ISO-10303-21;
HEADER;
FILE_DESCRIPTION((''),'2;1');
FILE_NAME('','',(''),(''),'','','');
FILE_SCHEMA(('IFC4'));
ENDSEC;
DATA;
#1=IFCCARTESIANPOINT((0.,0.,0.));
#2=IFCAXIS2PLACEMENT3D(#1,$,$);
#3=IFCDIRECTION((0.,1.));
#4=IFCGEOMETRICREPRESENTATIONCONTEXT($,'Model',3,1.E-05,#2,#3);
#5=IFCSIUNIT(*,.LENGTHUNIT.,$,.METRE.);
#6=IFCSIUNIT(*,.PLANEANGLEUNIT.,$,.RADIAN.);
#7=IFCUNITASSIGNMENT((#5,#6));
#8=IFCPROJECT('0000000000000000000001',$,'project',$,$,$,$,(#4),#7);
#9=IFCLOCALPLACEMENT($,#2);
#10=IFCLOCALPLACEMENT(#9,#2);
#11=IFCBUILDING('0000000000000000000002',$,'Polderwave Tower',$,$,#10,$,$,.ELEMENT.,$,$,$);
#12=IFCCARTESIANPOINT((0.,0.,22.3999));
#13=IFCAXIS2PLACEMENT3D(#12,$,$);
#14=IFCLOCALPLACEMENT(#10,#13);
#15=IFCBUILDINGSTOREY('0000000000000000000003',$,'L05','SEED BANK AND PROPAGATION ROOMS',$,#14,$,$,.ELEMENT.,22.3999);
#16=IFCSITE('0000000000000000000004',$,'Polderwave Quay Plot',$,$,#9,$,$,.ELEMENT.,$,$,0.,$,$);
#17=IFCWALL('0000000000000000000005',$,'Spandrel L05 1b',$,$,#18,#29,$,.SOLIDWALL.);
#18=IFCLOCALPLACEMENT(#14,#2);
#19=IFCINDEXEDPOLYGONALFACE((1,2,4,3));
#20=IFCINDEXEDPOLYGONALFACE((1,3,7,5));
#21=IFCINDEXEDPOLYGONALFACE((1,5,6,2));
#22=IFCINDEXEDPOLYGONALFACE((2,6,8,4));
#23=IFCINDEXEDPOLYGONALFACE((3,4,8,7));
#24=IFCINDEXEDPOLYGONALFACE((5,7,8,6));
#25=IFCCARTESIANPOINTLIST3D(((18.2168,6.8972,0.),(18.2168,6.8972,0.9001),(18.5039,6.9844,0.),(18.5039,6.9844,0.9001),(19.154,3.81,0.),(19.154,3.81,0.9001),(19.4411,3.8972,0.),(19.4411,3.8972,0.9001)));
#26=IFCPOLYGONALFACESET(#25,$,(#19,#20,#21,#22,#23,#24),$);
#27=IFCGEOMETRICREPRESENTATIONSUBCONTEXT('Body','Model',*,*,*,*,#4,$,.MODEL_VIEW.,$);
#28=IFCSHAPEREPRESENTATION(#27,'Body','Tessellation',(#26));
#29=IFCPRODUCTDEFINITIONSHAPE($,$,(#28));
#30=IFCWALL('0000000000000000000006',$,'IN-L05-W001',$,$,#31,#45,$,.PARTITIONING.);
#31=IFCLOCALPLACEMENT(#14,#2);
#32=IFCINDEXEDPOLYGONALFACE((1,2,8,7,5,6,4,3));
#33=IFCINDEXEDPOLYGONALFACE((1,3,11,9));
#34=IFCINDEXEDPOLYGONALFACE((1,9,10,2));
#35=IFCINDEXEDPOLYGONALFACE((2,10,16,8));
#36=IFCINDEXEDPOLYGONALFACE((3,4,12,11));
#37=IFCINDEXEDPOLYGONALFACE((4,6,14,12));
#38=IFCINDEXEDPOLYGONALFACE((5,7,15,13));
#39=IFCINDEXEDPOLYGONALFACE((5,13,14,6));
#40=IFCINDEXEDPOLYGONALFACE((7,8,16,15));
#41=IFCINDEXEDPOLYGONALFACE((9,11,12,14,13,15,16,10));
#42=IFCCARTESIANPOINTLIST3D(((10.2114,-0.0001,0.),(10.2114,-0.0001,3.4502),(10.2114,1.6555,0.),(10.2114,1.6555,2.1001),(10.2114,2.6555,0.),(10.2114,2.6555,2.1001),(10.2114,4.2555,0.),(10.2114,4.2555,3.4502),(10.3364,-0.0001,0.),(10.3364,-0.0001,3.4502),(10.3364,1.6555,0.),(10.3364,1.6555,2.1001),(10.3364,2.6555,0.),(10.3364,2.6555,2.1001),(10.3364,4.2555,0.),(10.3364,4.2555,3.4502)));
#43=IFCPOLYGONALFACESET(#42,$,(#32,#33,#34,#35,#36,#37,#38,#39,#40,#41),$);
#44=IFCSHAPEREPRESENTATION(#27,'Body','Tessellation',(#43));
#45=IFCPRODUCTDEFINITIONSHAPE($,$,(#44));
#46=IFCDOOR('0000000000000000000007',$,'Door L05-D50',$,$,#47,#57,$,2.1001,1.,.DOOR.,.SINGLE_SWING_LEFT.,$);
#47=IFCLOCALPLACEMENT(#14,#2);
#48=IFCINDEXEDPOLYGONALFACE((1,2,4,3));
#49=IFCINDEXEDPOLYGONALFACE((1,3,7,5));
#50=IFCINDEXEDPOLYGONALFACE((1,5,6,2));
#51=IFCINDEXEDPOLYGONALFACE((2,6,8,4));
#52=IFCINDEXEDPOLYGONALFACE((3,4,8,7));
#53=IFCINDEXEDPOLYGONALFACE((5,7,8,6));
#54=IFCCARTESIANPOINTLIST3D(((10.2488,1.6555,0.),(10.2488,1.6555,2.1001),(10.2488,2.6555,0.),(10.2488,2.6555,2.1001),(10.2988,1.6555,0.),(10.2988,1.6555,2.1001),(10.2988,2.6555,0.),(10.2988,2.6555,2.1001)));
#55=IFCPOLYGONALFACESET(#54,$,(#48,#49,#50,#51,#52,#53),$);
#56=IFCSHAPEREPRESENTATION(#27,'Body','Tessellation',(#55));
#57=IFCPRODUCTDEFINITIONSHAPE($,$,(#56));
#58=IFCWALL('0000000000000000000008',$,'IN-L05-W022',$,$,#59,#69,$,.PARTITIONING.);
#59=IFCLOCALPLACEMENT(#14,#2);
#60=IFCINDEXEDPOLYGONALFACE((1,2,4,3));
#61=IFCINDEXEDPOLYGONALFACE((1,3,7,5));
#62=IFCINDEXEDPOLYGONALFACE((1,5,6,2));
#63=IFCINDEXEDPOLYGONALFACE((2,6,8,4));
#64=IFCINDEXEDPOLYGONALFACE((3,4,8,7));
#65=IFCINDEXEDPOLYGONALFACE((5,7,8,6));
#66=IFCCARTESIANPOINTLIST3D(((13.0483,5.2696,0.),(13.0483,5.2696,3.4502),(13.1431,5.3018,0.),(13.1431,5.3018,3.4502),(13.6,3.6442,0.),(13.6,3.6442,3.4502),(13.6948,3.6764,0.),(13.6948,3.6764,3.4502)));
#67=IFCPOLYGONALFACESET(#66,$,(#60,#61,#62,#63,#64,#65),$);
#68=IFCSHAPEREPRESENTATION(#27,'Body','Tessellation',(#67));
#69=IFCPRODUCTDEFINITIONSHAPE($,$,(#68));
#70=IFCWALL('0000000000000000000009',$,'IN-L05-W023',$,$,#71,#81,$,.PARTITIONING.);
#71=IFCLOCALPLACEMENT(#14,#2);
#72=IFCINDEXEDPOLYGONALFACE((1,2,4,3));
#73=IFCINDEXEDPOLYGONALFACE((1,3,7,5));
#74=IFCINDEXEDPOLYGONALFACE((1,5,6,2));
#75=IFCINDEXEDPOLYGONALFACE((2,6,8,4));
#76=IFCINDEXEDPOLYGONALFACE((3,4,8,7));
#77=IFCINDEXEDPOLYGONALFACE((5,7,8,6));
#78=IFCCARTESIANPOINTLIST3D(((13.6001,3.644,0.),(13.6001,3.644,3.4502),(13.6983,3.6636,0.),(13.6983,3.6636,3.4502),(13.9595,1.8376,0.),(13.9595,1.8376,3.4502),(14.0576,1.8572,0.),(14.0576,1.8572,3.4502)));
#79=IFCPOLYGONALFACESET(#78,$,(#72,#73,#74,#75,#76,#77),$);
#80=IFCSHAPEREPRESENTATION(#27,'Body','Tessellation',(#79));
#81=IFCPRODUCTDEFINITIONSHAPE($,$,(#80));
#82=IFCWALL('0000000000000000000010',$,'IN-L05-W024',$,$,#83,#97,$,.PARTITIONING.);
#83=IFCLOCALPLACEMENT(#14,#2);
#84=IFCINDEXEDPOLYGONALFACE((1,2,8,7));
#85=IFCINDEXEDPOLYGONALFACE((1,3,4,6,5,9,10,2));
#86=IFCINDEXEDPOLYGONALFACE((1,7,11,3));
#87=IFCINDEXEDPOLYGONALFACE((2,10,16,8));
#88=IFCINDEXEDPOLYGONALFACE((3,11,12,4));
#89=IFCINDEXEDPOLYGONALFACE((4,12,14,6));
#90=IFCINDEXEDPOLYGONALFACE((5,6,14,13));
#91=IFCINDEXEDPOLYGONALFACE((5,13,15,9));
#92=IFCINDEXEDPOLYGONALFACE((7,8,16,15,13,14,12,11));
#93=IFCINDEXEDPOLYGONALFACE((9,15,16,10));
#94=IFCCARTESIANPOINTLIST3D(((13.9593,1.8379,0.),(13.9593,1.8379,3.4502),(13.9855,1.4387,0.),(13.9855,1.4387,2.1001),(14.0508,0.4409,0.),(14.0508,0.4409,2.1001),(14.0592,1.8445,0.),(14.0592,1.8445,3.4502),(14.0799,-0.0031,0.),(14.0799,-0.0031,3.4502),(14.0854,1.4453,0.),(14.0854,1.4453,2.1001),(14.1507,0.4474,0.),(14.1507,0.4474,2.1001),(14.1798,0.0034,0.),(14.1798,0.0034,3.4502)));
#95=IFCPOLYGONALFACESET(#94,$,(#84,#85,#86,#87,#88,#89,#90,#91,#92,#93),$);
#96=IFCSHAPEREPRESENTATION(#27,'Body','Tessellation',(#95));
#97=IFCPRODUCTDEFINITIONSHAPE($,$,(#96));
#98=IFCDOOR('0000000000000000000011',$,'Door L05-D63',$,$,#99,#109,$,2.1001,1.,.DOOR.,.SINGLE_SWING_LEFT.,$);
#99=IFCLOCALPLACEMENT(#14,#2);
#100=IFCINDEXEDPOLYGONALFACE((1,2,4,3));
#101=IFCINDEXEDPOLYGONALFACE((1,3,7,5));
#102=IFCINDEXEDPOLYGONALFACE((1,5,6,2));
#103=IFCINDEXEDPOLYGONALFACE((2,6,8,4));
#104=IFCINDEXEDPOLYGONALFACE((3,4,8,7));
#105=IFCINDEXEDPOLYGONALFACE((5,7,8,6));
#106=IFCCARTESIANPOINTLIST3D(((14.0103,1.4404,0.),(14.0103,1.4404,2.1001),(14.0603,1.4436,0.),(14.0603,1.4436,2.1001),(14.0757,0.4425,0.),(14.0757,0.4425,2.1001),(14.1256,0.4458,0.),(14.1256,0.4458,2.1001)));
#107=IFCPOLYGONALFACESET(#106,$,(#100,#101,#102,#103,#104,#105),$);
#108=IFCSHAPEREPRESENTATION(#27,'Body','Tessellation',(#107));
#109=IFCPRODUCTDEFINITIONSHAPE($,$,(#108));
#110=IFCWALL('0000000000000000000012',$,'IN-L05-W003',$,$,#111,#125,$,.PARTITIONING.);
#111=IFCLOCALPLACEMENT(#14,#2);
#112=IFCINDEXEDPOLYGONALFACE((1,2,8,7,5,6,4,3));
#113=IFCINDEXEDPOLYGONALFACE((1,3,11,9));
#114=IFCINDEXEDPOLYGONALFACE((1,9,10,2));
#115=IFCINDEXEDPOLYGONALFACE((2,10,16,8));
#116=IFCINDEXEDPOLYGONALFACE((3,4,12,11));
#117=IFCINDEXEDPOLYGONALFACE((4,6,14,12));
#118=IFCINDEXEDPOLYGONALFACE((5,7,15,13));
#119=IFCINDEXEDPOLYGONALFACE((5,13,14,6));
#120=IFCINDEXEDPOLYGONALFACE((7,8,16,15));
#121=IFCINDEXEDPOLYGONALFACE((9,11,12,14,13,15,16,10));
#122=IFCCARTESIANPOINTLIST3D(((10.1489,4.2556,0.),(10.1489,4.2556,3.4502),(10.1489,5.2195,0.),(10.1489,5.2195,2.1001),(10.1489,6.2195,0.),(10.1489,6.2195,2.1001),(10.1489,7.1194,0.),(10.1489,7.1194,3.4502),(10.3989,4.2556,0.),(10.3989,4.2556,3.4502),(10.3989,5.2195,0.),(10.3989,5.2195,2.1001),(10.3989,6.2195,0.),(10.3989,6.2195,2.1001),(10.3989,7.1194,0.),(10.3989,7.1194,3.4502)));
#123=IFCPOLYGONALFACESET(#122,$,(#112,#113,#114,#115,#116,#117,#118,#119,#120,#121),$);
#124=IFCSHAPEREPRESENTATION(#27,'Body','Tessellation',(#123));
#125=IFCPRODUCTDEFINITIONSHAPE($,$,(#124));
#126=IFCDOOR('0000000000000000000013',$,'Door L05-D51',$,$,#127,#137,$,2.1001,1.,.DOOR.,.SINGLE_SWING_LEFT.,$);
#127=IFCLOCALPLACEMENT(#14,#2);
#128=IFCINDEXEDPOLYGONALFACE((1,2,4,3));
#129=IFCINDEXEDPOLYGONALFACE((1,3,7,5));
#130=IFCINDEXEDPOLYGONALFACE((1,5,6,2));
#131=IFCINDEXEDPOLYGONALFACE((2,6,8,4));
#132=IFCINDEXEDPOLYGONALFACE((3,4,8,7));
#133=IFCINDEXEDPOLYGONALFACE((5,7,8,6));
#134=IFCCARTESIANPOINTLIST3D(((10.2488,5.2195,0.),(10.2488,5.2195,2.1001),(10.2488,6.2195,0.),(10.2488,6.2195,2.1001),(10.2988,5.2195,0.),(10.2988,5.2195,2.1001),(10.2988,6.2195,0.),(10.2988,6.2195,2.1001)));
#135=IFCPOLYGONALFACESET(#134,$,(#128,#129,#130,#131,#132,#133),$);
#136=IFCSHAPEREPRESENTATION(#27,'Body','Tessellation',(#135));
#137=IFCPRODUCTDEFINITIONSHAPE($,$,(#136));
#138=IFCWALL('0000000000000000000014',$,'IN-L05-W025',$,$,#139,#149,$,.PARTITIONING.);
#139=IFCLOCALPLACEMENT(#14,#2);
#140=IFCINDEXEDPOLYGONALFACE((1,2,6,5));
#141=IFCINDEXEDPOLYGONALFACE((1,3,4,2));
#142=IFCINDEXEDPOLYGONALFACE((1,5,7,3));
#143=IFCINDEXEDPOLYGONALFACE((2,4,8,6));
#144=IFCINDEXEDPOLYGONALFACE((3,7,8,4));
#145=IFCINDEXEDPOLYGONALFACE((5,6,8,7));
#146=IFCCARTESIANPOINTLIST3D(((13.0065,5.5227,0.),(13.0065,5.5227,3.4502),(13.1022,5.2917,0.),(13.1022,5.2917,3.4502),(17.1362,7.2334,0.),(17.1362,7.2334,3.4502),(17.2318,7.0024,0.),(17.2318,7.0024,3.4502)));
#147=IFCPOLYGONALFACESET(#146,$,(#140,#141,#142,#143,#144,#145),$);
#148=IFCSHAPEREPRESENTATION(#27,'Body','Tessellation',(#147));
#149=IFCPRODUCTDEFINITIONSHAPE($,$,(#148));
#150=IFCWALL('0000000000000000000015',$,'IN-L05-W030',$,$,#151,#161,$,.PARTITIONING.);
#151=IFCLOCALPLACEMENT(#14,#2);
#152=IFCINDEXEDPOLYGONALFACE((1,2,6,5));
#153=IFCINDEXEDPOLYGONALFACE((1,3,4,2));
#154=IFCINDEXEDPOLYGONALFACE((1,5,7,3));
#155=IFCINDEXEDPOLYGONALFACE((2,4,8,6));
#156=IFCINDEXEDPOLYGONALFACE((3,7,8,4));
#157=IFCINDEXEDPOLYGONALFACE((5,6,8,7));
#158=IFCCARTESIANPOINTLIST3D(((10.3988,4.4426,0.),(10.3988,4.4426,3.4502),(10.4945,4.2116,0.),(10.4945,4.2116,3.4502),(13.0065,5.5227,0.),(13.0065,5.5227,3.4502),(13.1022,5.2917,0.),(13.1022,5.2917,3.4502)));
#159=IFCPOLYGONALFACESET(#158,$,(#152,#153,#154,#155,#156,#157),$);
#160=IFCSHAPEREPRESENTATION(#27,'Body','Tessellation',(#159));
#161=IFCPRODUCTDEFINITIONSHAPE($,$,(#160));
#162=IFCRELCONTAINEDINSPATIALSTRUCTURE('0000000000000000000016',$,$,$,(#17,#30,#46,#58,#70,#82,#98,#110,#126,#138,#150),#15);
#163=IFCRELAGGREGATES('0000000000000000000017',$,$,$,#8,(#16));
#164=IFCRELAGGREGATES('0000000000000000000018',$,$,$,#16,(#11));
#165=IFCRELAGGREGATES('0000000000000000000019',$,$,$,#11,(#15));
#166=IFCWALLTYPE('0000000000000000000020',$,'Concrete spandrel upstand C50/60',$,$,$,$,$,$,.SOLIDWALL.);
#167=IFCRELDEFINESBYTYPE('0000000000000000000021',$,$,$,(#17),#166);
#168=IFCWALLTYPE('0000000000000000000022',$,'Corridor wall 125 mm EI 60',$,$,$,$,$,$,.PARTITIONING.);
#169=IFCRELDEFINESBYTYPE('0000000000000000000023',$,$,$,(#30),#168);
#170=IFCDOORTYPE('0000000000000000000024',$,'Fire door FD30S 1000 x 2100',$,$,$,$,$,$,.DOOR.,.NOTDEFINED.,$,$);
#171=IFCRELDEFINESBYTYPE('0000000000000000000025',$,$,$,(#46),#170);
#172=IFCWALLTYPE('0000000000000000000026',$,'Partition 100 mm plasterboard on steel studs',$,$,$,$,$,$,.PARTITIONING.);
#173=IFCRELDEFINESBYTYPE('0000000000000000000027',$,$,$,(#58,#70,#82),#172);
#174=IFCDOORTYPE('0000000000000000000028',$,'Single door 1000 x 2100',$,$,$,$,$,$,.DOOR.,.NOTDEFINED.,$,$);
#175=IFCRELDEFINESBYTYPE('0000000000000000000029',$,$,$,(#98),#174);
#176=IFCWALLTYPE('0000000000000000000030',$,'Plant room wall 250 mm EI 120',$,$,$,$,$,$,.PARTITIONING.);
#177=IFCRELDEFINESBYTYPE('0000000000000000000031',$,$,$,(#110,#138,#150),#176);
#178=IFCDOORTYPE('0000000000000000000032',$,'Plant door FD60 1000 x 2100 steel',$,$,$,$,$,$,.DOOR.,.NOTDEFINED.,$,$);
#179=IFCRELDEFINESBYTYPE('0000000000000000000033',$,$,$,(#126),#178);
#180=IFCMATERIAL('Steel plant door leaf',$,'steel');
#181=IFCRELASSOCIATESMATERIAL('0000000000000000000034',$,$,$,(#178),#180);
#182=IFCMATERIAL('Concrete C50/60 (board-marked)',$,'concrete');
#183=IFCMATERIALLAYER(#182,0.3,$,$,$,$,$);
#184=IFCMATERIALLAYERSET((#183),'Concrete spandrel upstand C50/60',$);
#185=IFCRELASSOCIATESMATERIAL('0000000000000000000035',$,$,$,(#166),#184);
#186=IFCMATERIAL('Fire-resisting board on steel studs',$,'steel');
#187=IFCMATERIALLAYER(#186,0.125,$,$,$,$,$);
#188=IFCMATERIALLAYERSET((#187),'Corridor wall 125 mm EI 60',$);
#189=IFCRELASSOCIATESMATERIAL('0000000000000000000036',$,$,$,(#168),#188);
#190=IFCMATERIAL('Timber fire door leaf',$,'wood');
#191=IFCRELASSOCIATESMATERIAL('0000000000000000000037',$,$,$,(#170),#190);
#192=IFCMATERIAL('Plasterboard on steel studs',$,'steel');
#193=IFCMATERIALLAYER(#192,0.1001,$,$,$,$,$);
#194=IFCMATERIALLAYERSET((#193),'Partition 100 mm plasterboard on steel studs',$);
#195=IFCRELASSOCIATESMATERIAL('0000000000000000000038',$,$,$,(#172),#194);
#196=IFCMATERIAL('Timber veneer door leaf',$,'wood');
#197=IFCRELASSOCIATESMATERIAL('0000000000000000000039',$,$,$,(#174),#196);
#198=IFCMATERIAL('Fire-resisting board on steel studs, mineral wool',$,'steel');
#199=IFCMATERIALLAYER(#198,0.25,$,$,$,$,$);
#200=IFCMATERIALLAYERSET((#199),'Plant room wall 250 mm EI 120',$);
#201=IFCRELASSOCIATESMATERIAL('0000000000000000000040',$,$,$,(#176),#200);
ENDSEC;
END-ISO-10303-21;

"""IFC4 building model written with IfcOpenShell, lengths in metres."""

from ifc_helpers import new_model, si_unit, direction, frame, frame_2d, origin, place, context, subcontext, project, spatial, rectangle, extrude, material, layer, layer_set, type_object, element, fill, save


model = new_model("IFC4")

# Units and contexts
model_context = context("Model", 3, precision=1e-05, world=origin(), true_north=direction((0.0, 1.0)))
body_context = subcontext(model_context, "Body", "Model", "MODEL_VIEW")
ifc_project = project(units=[si_unit("LENGTHUNIT", "METRE"), si_unit("PLANEANGLEUNIT", "RADIAN")], contexts=[model_context])

# Site, building, storey
site_placement = place(None, origin())
site = spatial("IfcSite", under=ifc_project, at=site_placement, Name="Polderwave Quay Plot", CompositionType="ELEMENT", RefElevation=0.0)
building_placement = place(site_placement, origin())
building = spatial("IfcBuilding", under=site, at=building_placement, Name="Polderwave Tower", CompositionType="ELEMENT")
storey_placement = place(building_placement, frame((0.0, 0.0, 22.3999)))
storey = spatial("IfcBuildingStorey", under=building, at=storey_placement, Name="L05", Description="SEED BANK AND PROPAGATION ROOMS", CompositionType="ELEMENT", Elevation=22.3999)

# Shared definitions
ifc_material_1 = material(Name="Steel plant door leaf", Category="steel")
door_type_1 = type_object("IfcDoorType", Name="Plant door FD60 1000 x 2100 steel", OperationType="NOTDEFINED", PredefinedType="DOOR", material=ifc_material_1)

# Wall
ifc_material_2 = material(Name="Concrete C50/60 (board-marked)", Category="concrete")
ifc_layer_1 = layer(ifc_material_2, 0.3)
ifc_layer_set_1 = layer_set([ifc_layer_1], Name="Concrete spandrel upstand C50/60")
wall_type_1 = type_object("IfcWallType", Name="Concrete spandrel upstand C50/60", PredefinedType="SOLIDWALL", material=ifc_layer_set_1)
wall_1_placement = place(storey_placement, frame((19.2976, 3.8535, 0.0), z_axis=(0.0, 0.0, 1.0), x_axis=(-0.290505, 0.956873, 0.0)))
element("IfcWall", 1, at=wall_1_placement, inside=storey, type_object=wall_type_1, Name="Spandrel L05 1b", PredefinedType="SOLIDWALL", context=body_context, shape_type="SweptSolid", body=[
    extrude(rectangle(XDim=3.2263, YDim=0.3, at=frame_2d((1.6133, 0.0))), origin(), (0.0, 0.0, 1.0), 0.9001),
])

# Wall, opening, door
ifc_material_3 = material(Name="Fire-resisting board on steel studs", Category="steel")
ifc_layer_2 = layer(ifc_material_3, 0.125)
ifc_layer_set_2 = layer_set([ifc_layer_2], Name="Corridor wall 125 mm EI 60")
wall_type_2 = type_object("IfcWallType", Name="Corridor wall 125 mm EI 60", PredefinedType="PARTITIONING", material=ifc_layer_set_2)
wall_2_placement = place(storey_placement, frame((10.2739, 4.2556, 0.0), z_axis=(0.0, 0.0, 1.0), x_axis=(0.0, -1.0, 0.0)))
wall_2 = element("IfcWall", 2, at=wall_2_placement, inside=storey, type_object=wall_type_2, Name="IN-L05-W001", PredefinedType="PARTITIONING", context=body_context, shape_type="SweptSolid", body=[
    extrude(rectangle(XDim=4.2556, YDim=0.125, at=frame_2d((2.1279, 0.0))), origin(), (0.0, 0.0, 1.0), 3.4502),
])
opening_1_placement = place(wall_2_placement, frame((1.6001, 0.0, 0.0)))
opening_1 = element("IfcOpeningElement", 3, at=opening_1_placement, cuts=wall_2, PredefinedType="OPENING", context=body_context, shape_type="SweptSolid", body=[
    extrude(rectangle(XDim=1.0, YDim=2.1001, at=frame_2d((0.5, 1.05))), frame((0.0, 0.0725, 0.0), z_axis=(0.0, -1.0, 0.0), x_axis=(1.0, 0.0, 0.0)), (0.0, 0.0, 1.0), 0.145),
])
ifc_material_4 = material(Name="Timber fire door leaf", Category="wood")
door_type_2 = type_object("IfcDoorType", Name="Fire door FD30S 1000 x 2100", OperationType="NOTDEFINED", PredefinedType="DOOR", material=ifc_material_4)
door_1_placement = place(opening_1_placement, origin())
door_1 = element("IfcDoor", 4, at=door_1_placement, inside=storey, type_object=door_type_2, Name="Door L05-D50", OperationType="SINGLE_SWING_LEFT", OverallHeight=2.1001, OverallWidth=1.0, PredefinedType="DOOR", context=body_context, shape_type="SweptSolid", body=[
    extrude(rectangle(XDim=1.0, YDim=2.1001, at=frame_2d((0.5, 1.05))), frame((0.0, 0.0249, 0.0), z_axis=(0.0, -1.0, 0.0), x_axis=(1.0, 0.0, 0.0)), (0.0, 0.0, 1.0), 0.05),
])
fill(opening_1, door_1)

# Walls
ifc_material_5 = material(Name="Plasterboard on steel studs", Category="steel")
ifc_layer_3 = layer(ifc_material_5, 0.1001)
ifc_layer_set_3 = layer_set([ifc_layer_3], Name="Partition 100 mm plasterboard on steel studs")
wall_type_3 = type_object("IfcWallType", Name="Partition 100 mm plasterboard on steel studs", PredefinedType="PARTITIONING", material=ifc_layer_set_3)
wall_3_placement = place(storey_placement, frame((13.6475, 3.6602, 0.0), z_axis=(0.0, 0.0, 1.0), x_axis=(-0.321428, 0.946934, 0.0)))
element("IfcWall", 5, at=wall_3_placement, inside=storey, type_object=wall_type_3, Name="IN-L05-W022", PredefinedType="PARTITIONING", context=body_context, shape_type="SweptSolid", body=[
    extrude(rectangle(XDim=1.7166, YDim=0.1001, at=frame_2d((0.8584, 0.0))), origin(), (0.0, 0.0, 1.0), 3.4502),
])
wall_4_placement = place(storey_placement, frame((14.0085, 1.8474, 0.0), z_axis=(0.0, 0.0, 1.0), x_axis=(-0.195122, 0.980779, 0.0)))
element("IfcWall", 6, at=wall_4_placement, inside=storey, type_object=wall_type_3, Name="IN-L05-W023", PredefinedType="PARTITIONING", context=body_context, shape_type="SweptSolid", body=[
    extrude(rectangle(XDim=1.8418, YDim=0.1001, at=frame_2d((0.9209, 0.0))), origin(), (0.0, 0.0, 1.0), 3.4502),
])

# Walls, openings, doors
wall_5_placement = place(storey_placement, frame((14.0093, 1.8411, 0.0), z_axis=(0.0, 0.0, 1.0), x_axis=(0.065368, -0.997861, 0.0)))
wall_5 = element("IfcWall", 7, at=wall_5_placement, inside=storey, type_object=wall_type_3, Name="IN-L05-W024", PredefinedType="PARTITIONING", context=body_context, shape_type="SweptSolid", body=[
    extrude(rectangle(XDim=1.845, YDim=0.1001, at=frame_2d((0.9224, 0.0))), origin(), (0.0, 0.0, 1.0), 3.4502),
])
opening_2_placement = place(wall_5_placement, frame((0.3999, 0.0, 0.0)))
opening_2 = element("IfcOpeningElement", 8, at=opening_2_placement, cuts=wall_5, PredefinedType="OPENING", context=body_context, shape_type="SweptSolid", body=[
    extrude(rectangle(XDim=1.0, YDim=2.1001, at=frame_2d((0.5, 1.05))), frame((0.0, 0.0601, 0.0), z_axis=(0.0, -1.0, 0.0), x_axis=(1.0, 0.0, 0.0)), (0.0, 0.0, 1.0), 0.1201),
])
ifc_material_6 = material(Name="Timber veneer door leaf", Category="wood")
door_type_3 = type_object("IfcDoorType", Name="Single door 1000 x 2100", OperationType="NOTDEFINED", PredefinedType="DOOR", material=ifc_material_6)
door_2_placement = place(opening_2_placement, origin())
door_2 = element("IfcDoor", 9, at=door_2_placement, inside=storey, type_object=door_type_3, Name="Door L05-D63", OperationType="SINGLE_SWING_LEFT", OverallHeight=2.1001, OverallWidth=1.0, PredefinedType="DOOR", context=body_context, shape_type="SweptSolid", body=[
    extrude(rectangle(XDim=1.0, YDim=2.1001, at=frame_2d((0.5, 1.05))), frame((0.0, 0.0249, 0.0), z_axis=(0.0, -1.0, 0.0), x_axis=(1.0, 0.0, 0.0)), (0.0, 0.0, 1.0), 0.05),
])
fill(opening_2, door_2)
ifc_material_7 = material(Name="Fire-resisting board on steel studs, mineral wool", Category="steel")
ifc_layer_4 = layer(ifc_material_7, 0.25)
ifc_layer_set_4 = layer_set([ifc_layer_4], Name="Plant room wall 250 mm EI 120")
wall_type_4 = type_object("IfcWallType", Name="Plant room wall 250 mm EI 120", PredefinedType="PARTITIONING", material=ifc_layer_set_4)
wall_6_placement = place(storey_placement, frame((10.2739, 7.1194, 0.0), z_axis=(0.0, 0.0, 1.0), x_axis=(0.0, -1.0, 0.0)))
wall_6 = element("IfcWall", 10, at=wall_6_placement, inside=storey, type_object=wall_type_4, Name="IN-L05-W003", PredefinedType="PARTITIONING", context=body_context, shape_type="SweptSolid", body=[
    extrude(rectangle(XDim=2.8638, YDim=0.25, at=frame_2d((1.4319, 0.0))), origin(), (0.0, 0.0, 1.0), 3.4502),
])
opening_3_placement = place(wall_6_placement, frame((0.8999, 0.0, 0.0)))
opening_3 = element("IfcOpeningElement", 11, at=opening_3_placement, cuts=wall_6, PredefinedType="OPENING", context=body_context, shape_type="SweptSolid", body=[
    extrude(rectangle(XDim=1.0, YDim=2.1001, at=frame_2d((0.5, 1.05))), frame((0.0, 0.135, 0.0), z_axis=(0.0, -1.0, 0.0), x_axis=(1.0, 0.0, 0.0)), (0.0, 0.0, 1.0), 0.27),
])
door_3_placement = place(opening_3_placement, origin())
door_3 = element("IfcDoor", 12, at=door_3_placement, inside=storey, type_object=door_type_1, Name="Door L05-D51", OperationType="SINGLE_SWING_LEFT", OverallHeight=2.1001, OverallWidth=1.0, PredefinedType="DOOR", context=body_context, shape_type="SweptSolid", body=[
    extrude(rectangle(XDim=1.0, YDim=2.1001, at=frame_2d((0.5, 1.05))), frame((0.0, 0.0249, 0.0), z_axis=(0.0, -1.0, 0.0), x_axis=(1.0, 0.0, 0.0)), (0.0, 0.0, 1.0), 0.05),
])
fill(opening_3, door_3)

# Walls
wall_7_placement = place(storey_placement, frame((13.0544, 5.4072, 0.0), z_axis=(0.0, 0.0, 1.0), x_axis=(0.923868, 0.38271, 0.0)))
element("IfcWall", 13, at=wall_7_placement, inside=storey, type_object=wall_type_4, Name="IN-L05-W025", PredefinedType="PARTITIONING", context=body_context, shape_type="SweptSolid", body=[
    extrude(rectangle(XDim=4.47, YDim=0.25, at=frame_2d((2.2349, 0.0))), origin(), (0.0, 0.0, 1.0), 3.4502),
])
wall_8_placement = place(storey_placement, frame((10.4468, 4.3271, 0.0), z_axis=(0.0, 0.0, 1.0), x_axis=(0.923886, 0.382668, 0.0)))
element("IfcWall", 14, at=wall_8_placement, inside=storey, type_object=wall_type_4, Name="IN-L05-W030", PredefinedType="PARTITIONING", context=body_context, shape_type="SweptSolid", body=[
    extrude(rectangle(XDim=2.8225, YDim=0.25, at=frame_2d((1.4111, 0.0))), origin(), (0.0, 0.0, 1.0), 3.4502),
])

save(model, "model.ifc")
